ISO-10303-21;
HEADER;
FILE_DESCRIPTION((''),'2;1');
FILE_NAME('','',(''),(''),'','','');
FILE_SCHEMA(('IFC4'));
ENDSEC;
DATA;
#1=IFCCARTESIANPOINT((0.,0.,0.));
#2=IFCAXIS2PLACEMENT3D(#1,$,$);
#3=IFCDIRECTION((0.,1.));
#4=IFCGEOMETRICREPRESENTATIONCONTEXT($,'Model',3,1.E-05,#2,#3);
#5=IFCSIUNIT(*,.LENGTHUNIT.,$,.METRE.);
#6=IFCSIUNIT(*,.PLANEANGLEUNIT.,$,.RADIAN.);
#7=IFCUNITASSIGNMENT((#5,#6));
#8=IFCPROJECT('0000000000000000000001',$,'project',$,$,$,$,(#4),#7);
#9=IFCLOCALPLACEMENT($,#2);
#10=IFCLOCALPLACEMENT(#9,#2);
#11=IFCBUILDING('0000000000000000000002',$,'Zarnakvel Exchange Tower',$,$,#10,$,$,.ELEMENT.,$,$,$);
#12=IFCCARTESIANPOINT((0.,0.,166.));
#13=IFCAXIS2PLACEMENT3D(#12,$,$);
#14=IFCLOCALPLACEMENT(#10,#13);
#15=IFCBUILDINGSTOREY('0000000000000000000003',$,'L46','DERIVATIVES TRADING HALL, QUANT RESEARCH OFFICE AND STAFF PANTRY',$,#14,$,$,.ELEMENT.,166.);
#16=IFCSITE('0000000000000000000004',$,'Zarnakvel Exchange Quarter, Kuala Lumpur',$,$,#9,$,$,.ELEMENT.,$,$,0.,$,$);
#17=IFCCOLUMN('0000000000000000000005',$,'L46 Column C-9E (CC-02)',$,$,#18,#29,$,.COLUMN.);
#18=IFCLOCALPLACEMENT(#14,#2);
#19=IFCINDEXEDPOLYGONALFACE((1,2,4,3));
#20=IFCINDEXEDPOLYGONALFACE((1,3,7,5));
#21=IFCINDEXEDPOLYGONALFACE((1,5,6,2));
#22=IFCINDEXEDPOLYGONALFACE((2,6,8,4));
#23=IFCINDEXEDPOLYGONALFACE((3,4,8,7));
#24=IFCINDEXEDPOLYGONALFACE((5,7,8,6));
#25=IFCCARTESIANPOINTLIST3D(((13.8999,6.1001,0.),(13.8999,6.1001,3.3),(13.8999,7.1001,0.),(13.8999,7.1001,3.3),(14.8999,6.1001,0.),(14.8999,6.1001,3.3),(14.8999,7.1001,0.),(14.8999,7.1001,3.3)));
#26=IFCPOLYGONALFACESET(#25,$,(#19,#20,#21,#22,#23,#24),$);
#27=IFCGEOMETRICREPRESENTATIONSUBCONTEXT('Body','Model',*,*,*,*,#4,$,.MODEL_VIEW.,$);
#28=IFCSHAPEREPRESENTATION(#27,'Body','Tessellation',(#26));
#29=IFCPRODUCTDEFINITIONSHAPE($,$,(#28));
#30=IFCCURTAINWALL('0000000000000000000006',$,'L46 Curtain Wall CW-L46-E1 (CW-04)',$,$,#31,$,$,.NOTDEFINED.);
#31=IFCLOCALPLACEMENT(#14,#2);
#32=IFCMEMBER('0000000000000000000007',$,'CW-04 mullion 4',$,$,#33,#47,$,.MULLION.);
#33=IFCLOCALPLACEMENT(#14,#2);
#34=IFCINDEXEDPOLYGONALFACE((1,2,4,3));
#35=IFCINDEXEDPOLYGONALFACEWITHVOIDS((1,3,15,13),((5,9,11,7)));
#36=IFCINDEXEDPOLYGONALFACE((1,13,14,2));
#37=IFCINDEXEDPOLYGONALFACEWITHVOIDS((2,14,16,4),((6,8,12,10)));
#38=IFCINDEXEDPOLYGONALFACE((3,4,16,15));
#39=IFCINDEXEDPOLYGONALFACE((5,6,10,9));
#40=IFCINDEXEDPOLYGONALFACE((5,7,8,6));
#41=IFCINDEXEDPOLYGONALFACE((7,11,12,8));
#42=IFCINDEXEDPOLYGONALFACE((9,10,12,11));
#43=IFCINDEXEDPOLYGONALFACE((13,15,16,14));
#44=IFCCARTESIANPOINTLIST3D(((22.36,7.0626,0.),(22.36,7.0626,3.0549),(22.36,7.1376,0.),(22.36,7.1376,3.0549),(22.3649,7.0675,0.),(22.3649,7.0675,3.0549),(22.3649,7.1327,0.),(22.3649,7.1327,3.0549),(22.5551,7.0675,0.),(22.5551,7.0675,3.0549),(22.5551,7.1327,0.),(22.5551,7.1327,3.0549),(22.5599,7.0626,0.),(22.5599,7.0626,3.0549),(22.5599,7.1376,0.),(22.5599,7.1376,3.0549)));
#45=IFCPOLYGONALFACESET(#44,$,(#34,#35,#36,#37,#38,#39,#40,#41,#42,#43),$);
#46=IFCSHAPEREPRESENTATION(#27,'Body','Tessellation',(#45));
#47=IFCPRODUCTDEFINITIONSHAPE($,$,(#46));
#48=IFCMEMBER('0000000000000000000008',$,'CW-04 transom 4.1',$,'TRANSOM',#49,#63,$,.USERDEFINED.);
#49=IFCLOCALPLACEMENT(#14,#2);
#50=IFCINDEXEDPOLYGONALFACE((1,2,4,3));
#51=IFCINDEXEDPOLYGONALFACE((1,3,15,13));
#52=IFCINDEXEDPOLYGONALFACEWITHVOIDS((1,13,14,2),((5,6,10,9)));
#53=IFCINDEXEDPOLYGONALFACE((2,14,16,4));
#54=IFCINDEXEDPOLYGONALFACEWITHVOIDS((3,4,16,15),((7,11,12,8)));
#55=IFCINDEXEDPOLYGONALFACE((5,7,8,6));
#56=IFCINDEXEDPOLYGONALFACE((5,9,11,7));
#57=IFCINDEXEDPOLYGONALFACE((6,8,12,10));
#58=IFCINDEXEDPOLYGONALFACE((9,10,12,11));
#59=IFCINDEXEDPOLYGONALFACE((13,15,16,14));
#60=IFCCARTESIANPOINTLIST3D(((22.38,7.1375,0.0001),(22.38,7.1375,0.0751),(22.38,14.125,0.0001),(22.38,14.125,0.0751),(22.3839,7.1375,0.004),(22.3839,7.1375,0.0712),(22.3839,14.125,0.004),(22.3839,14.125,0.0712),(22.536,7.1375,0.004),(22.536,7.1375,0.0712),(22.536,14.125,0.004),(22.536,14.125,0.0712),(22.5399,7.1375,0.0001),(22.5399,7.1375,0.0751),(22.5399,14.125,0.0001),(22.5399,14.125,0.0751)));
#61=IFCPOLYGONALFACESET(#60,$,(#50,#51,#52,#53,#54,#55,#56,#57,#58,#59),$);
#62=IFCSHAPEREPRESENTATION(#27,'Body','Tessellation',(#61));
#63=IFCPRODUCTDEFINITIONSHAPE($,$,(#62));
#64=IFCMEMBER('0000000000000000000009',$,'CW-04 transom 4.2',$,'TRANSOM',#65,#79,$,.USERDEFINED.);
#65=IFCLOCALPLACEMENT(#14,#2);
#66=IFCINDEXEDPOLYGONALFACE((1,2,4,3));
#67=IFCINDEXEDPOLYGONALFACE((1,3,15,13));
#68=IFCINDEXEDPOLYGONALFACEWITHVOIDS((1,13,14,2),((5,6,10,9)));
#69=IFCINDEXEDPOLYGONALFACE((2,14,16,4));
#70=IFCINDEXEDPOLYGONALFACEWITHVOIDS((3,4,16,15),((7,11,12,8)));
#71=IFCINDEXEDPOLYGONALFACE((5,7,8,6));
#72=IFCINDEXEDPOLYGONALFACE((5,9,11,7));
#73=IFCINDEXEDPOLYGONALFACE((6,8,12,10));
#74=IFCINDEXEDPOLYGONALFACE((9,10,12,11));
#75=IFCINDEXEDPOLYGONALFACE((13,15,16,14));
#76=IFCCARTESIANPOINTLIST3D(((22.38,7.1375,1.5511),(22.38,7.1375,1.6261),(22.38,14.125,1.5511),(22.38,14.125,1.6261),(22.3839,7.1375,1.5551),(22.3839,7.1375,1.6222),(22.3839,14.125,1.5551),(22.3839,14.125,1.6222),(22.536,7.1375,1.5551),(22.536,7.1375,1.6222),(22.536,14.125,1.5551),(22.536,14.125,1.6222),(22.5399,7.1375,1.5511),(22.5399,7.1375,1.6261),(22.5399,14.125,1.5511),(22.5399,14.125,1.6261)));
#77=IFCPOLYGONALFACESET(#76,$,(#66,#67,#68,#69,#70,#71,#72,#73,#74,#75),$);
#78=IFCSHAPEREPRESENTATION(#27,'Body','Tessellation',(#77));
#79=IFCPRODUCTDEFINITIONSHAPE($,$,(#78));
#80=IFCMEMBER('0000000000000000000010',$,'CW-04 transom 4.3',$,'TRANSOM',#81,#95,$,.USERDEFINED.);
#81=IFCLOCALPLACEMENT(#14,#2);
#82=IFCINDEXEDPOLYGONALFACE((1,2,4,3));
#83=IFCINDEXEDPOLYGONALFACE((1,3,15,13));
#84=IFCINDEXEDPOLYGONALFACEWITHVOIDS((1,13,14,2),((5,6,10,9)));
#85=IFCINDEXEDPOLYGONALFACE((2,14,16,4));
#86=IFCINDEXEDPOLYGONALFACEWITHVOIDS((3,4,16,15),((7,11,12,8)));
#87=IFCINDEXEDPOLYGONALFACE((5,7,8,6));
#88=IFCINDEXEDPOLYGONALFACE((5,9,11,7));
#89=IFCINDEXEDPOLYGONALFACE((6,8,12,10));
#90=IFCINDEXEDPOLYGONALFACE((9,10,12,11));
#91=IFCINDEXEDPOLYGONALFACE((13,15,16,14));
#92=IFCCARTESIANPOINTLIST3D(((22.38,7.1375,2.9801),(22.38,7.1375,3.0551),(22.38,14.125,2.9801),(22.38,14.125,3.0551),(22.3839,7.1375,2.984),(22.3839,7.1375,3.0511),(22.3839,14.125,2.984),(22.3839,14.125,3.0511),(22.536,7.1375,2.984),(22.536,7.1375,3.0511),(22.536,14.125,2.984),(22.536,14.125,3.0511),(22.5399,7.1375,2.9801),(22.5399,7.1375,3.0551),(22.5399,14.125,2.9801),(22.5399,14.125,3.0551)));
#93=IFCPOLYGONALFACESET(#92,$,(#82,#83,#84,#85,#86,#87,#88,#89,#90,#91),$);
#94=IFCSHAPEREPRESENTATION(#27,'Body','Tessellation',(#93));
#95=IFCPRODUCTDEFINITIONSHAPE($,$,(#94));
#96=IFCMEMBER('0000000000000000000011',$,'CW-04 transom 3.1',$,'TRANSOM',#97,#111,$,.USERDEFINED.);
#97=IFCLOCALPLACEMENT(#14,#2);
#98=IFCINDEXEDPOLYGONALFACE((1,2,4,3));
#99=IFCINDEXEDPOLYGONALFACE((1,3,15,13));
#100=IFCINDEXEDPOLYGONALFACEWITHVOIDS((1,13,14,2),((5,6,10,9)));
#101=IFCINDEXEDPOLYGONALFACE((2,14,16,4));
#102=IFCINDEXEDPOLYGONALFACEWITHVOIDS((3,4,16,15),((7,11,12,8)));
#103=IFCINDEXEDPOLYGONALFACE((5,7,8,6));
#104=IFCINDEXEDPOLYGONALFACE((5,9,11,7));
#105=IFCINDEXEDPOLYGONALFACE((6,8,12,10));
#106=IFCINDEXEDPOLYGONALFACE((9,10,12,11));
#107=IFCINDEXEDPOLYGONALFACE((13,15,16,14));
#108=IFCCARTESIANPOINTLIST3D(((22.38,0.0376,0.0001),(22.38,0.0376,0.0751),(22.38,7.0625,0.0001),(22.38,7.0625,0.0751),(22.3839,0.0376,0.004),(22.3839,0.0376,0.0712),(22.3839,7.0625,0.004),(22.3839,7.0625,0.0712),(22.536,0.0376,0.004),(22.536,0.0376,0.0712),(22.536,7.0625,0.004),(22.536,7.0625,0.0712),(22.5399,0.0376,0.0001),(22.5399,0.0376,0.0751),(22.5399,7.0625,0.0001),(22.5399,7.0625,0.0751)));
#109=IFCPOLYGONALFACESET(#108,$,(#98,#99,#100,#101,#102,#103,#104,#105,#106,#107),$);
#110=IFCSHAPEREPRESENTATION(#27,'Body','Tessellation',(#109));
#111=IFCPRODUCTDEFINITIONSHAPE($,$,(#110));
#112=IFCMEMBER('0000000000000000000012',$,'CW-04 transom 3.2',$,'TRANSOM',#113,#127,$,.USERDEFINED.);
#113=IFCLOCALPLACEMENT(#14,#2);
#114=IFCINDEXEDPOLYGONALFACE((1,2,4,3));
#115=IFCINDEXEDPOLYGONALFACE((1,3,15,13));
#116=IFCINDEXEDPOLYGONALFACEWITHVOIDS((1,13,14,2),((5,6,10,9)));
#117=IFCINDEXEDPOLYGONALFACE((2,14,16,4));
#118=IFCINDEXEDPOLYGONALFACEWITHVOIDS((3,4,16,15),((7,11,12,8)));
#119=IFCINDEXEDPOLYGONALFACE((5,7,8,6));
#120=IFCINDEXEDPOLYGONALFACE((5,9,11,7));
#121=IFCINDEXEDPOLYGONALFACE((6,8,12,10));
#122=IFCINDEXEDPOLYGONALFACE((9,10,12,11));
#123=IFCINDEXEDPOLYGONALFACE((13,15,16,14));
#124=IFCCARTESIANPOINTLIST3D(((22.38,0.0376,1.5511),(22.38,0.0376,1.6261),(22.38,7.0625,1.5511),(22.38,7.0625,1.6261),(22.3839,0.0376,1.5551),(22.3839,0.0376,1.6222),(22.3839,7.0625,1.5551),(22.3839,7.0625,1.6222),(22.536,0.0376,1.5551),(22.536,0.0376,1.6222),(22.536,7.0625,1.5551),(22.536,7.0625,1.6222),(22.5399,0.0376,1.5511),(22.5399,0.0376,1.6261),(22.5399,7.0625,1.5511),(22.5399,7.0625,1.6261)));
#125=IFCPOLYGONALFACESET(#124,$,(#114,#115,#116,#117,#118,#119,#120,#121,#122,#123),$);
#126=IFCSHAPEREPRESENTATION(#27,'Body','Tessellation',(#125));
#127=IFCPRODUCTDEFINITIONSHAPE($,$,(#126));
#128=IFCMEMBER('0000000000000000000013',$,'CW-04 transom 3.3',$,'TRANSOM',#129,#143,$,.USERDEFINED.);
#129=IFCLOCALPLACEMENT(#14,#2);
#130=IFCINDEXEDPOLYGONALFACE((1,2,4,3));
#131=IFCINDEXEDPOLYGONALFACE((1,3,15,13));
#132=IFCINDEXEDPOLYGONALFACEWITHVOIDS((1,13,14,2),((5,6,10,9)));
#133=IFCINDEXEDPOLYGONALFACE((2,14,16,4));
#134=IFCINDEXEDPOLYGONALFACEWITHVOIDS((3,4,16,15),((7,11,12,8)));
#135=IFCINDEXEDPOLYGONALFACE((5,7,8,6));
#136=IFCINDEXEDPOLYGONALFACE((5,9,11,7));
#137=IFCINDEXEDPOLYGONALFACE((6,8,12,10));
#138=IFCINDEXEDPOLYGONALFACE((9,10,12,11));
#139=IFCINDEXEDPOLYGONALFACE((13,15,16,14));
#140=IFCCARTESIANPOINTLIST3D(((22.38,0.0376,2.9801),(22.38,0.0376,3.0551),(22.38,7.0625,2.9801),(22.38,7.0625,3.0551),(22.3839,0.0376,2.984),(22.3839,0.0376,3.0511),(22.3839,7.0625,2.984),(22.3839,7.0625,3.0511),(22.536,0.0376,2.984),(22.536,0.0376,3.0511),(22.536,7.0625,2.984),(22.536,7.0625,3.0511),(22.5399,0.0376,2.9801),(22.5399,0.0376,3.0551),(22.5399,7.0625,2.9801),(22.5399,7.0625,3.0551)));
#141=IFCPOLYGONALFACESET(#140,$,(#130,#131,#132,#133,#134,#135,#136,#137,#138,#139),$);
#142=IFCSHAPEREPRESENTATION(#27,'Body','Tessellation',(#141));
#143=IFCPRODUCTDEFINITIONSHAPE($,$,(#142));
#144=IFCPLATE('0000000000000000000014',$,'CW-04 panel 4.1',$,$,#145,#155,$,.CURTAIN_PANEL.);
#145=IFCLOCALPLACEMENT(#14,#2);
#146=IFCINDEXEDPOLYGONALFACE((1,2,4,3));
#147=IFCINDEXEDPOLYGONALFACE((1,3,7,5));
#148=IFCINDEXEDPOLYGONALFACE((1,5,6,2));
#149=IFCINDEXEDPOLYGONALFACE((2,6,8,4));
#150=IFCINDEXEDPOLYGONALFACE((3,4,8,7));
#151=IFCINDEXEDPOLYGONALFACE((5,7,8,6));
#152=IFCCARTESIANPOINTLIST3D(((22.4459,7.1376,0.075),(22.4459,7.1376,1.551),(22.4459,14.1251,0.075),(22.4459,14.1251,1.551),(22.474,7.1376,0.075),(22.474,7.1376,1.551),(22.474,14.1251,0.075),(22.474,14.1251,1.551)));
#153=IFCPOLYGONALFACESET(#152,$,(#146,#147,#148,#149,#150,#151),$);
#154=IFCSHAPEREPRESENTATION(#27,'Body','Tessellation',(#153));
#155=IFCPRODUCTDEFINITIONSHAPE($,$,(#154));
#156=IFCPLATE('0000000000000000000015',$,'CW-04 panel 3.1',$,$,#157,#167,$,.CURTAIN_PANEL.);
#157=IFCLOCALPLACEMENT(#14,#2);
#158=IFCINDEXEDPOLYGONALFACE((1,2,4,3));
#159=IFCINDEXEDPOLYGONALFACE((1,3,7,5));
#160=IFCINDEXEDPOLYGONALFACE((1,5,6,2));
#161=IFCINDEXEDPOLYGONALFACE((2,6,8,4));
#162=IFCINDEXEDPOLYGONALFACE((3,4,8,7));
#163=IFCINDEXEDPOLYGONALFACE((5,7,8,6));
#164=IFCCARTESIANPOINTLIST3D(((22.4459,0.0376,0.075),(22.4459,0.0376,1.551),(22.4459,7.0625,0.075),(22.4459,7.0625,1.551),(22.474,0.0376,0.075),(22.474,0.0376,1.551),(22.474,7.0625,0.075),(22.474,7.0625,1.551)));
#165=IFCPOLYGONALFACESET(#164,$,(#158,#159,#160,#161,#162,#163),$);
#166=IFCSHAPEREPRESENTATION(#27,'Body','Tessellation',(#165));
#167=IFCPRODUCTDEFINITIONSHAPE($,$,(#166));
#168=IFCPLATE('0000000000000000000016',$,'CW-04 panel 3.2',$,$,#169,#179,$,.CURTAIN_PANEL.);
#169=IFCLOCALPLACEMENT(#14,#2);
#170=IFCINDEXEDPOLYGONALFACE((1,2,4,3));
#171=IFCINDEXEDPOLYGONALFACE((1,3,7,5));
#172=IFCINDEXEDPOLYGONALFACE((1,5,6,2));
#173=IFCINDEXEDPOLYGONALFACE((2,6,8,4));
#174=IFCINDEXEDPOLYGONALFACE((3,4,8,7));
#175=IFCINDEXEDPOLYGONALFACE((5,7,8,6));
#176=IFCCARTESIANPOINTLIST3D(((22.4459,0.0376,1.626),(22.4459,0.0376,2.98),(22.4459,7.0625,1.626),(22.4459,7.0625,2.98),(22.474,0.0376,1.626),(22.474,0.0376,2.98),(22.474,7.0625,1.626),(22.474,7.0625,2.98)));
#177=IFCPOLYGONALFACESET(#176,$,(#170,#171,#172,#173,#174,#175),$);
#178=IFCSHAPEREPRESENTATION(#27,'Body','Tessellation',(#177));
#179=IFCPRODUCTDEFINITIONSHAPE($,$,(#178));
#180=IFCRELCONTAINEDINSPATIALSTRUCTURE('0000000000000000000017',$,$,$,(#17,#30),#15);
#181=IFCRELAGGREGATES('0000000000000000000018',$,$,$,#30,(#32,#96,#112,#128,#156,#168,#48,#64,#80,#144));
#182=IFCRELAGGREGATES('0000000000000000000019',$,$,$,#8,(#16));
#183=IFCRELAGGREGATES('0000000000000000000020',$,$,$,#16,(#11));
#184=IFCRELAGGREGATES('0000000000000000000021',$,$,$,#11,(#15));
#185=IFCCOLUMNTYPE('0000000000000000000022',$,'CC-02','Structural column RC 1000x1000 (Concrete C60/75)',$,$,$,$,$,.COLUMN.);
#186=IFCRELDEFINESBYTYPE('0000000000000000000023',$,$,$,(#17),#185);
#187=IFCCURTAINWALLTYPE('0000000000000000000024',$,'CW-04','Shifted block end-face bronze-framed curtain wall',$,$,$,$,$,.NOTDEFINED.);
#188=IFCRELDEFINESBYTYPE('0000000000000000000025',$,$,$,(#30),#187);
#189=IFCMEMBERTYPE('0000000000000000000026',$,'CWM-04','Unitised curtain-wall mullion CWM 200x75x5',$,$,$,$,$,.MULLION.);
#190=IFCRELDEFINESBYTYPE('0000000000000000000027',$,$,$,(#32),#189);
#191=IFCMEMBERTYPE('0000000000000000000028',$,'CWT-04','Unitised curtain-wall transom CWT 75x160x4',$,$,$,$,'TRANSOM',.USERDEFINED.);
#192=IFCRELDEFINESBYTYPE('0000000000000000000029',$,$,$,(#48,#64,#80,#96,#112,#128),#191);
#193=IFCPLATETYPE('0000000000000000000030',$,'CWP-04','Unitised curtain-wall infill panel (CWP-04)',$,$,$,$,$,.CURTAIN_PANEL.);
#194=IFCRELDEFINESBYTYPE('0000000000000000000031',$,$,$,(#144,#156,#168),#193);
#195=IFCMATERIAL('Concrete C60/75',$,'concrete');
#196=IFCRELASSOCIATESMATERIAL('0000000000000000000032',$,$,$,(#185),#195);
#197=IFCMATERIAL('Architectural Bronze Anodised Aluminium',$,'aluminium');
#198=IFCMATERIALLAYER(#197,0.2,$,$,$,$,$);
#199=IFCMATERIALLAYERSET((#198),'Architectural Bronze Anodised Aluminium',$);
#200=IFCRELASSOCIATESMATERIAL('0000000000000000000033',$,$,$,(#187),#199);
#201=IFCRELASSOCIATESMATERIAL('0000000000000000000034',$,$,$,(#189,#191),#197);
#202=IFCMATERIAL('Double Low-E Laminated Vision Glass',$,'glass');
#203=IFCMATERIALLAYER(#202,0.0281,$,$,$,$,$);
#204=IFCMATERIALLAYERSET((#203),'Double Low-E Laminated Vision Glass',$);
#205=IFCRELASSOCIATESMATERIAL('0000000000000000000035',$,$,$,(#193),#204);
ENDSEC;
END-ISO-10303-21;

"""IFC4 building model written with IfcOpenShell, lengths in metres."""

from ifc_helpers import new_model, si_unit, direction, frame, origin, origin_2d, place, context, subcontext, project, spatial, rectangle, hollow_rectangle, extrude, source, transform, mapped, material, layer, layer_set, material_profile, profile_set, type_object, element, aggregate, save


model = new_model("IFC4")

# Units and contexts
model_context = context("Model", 3, precision=1e-05, world=origin(), true_north=direction((0.0, 1.0)))
body_context = subcontext(model_context, "Body", "Model", "MODEL_VIEW")
ifc_project = project(units=[si_unit("LENGTHUNIT", "METRE"), si_unit("PLANEANGLEUNIT", "RADIAN")], contexts=[model_context])

# Site, building, storey
site_placement = place(None, origin())
site = spatial("IfcSite", under=ifc_project, at=site_placement, Name="Zarnakvel Exchange Quarter, Kuala Lumpur", CompositionType="ELEMENT", RefElevation=0.0)
building_placement = place(site_placement, origin())
building = spatial("IfcBuilding", under=site, at=building_placement, Name="Zarnakvel Exchange Tower", CompositionType="ELEMENT")
storey_placement = place(building_placement, frame((0.0, 0.0, 166.0)))
storey = spatial("IfcBuildingStorey", under=building, at=storey_placement, Name="L46", Description="DERIVATIVES TRADING HALL, QUANT RESEARCH OFFICE AND STAFF PANTRY", CompositionType="ELEMENT", Elevation=166.0)

# Column
ifc_material_1 = material(Name="Concrete C60/75", Category="concrete")
ifc_material_profile_1 = material_profile(ifc_material_1, rectangle(XDim=1.0, YDim=1.0, at=origin_2d()))
ifc_profile_set_1 = profile_set([ifc_material_profile_1], Name="Concrete C60/75")
column_type = type_object("IfcColumnType", Name="CC-02", Description="Structural column RC 1000x1000 (Concrete C60/75)", PredefinedType="COLUMN", material=ifc_profile_set_1)
column_placement = place(storey_placement, frame((14.3999, 6.6001, 0.0), z_axis=(0.0, 0.0, 1.0), x_axis=(1.0, 0.0, 0.0)))
element("IfcColumn", 1, at=column_placement, inside=storey, type_object=column_type, Name="L46 Column C-9E (CC-02)", PredefinedType="COLUMN", context=body_context, shape_type="SweptSolid", body=[
    extrude(rectangle(XDim=1.0, YDim=1.0, at=origin_2d()), origin(), (0.0, 0.0, 1.0), 3.3),
])

# Curtain wall, members, plates
ifc_material_2 = material(Name="Architectural Bronze Anodised Aluminium", Category="aluminium")
ifc_layer_1 = layer(ifc_material_2, 0.2)
ifc_layer_set_1 = layer_set([ifc_layer_1], Name="Architectural Bronze Anodised Aluminium")
curtain_wall_type = type_object("IfcCurtainWallType", Name="CW-04", Description="Shifted block end-face bronze-framed curtain wall", PredefinedType="NOTDEFINED", material=ifc_layer_set_1)
curtain_wall_placement = place(storey_placement, origin())
curtain_wall = element("IfcCurtainWall", 2, at=curtain_wall_placement, inside=storey, type_object=curtain_wall_type, Name="L46 Curtain Wall CW-L46-E1 (CW-04)", PredefinedType="NOTDEFINED")
ifc_material_profile_2 = material_profile(ifc_material_2, hollow_rectangle(XDim=0.2, YDim=0.075, WallThickness=0.0049, at=origin_2d()))
ifc_profile_set_2 = profile_set([ifc_material_profile_2], Name="Architectural Bronze Anodised Aluminium")
member_type_1 = type_object("IfcMemberType", Name="CWM-04", Description="Unitised curtain-wall mullion CWM 200x75x5", PredefinedType="MULLION", material=ifc_profile_set_2)
shared_shape_1 = source(origin(), body_context, "Body", "SweptSolid", [
    extrude(hollow_rectangle(XDim=0.2, YDim=0.075, WallThickness=0.0049, at=origin_2d()), origin(), (0.0, 0.0, 1.0), 3.0549),
])
member_1_placement = place(storey_placement, frame((22.46, 7.1001, 0.0), z_axis=(0.0, 0.0, 1.0), x_axis=(-1.0, 0.0, 0.0)))
member_1 = element("IfcMember", 3, at=member_1_placement, type_object=member_type_1, Name="CW-04 mullion 4", PredefinedType="MULLION", context=body_context, shape_type="MappedRepresentation", body=[
    mapped(shared_shape_1, transform((0.0, 0.0, 0.0), x_axis=(1.0, 0.0, 0.0), y_axis=(0.0, 1.0, 0.0), z_axis=(0.0, 0.0, 1.0), scale=1.0)),
])
ifc_material_profile_3 = material_profile(ifc_material_2, hollow_rectangle(XDim=0.1599, YDim=0.075, WallThickness=0.0039, at=origin_2d()))
ifc_profile_set_3 = profile_set([ifc_material_profile_3], Name="Architectural Bronze Anodised Aluminium")
member_type_2 = type_object("IfcMemberType", Name="CWT-04", Description="Unitised curtain-wall transom CWT 75x160x4", ElementType="TRANSOM", PredefinedType="USERDEFINED", material=ifc_profile_set_3)
shared_shape_2 = source(origin(), body_context, "Body", "SweptSolid", [
    extrude(hollow_rectangle(XDim=0.1599, YDim=0.075, WallThickness=0.0039, at=origin_2d()), origin(), (0.0, 0.0, 1.0), 6.9875),
])
member_2_placement = place(storey_placement, frame((22.46, 7.1375, 0.0376), z_axis=(0.0, 1.0, 0.0), x_axis=(-1.0, 0.0, 0.0)))
member_2 = element("IfcMember", 4, at=member_2_placement, type_object=member_type_2, Name="CW-04 transom 4.1", ObjectType="TRANSOM", PredefinedType="USERDEFINED", context=body_context, shape_type="MappedRepresentation", body=[
    mapped(shared_shape_2, transform((0.0, 0.0, 0.0), x_axis=(1.0, 0.0, 0.0), y_axis=(0.0, 1.0, 0.0), z_axis=(0.0, 0.0, 1.0), scale=1.0)),
])
member_3_placement = place(storey_placement, frame((22.46, 7.1375, 1.5886), z_axis=(0.0, 1.0, 0.0), x_axis=(-1.0, 0.0, 0.0)))
member_3 = element("IfcMember", 5, at=member_3_placement, type_object=member_type_2, Name="CW-04 transom 4.2", ObjectType="TRANSOM", PredefinedType="USERDEFINED", context=body_context, shape_type="MappedRepresentation", body=[
    mapped(shared_shape_2, transform((0.0, 0.0, 0.0), x_axis=(1.0, 0.0, 0.0), y_axis=(0.0, 1.0, 0.0), z_axis=(0.0, 0.0, 1.0), scale=1.0)),
])
member_4_placement = place(storey_placement, frame((22.46, 7.1375, 3.0176), z_axis=(0.0, 1.0, 0.0), x_axis=(-1.0, 0.0, 0.0)))
member_4 = element("IfcMember", 6, at=member_4_placement, type_object=member_type_2, Name="CW-04 transom 4.3", ObjectType="TRANSOM", PredefinedType="USERDEFINED", context=body_context, shape_type="MappedRepresentation", body=[
    mapped(shared_shape_2, transform((0.0, 0.0, 0.0), x_axis=(1.0, 0.0, 0.0), y_axis=(0.0, 1.0, 0.0), z_axis=(0.0, 0.0, 1.0), scale=1.0)),
])
shared_shape_3 = source(origin(), body_context, "Body", "SweptSolid", [
    extrude(hollow_rectangle(XDim=0.1599, YDim=0.075, WallThickness=0.0039, at=origin_2d()), origin(), (0.0, 0.0, 1.0), 7.0249),
])
member_5_placement = place(storey_placement, frame((22.46, 0.0376, 0.0376), z_axis=(0.0, 1.0, 0.0), x_axis=(-1.0, 0.0, 0.0)))
member_5 = element("IfcMember", 7, at=member_5_placement, type_object=member_type_2, Name="CW-04 transom 3.1", ObjectType="TRANSOM", PredefinedType="USERDEFINED", context=body_context, shape_type="MappedRepresentation", body=[
    mapped(shared_shape_3, transform((0.0, 0.0, 0.0), x_axis=(1.0, 0.0, 0.0), y_axis=(0.0, 1.0, 0.0), z_axis=(0.0, 0.0, 1.0), scale=1.0)),
])
member_6_placement = place(storey_placement, frame((22.46, 0.0376, 1.5886), z_axis=(0.0, 1.0, 0.0), x_axis=(-1.0, 0.0, 0.0)))
member_6 = element("IfcMember", 8, at=member_6_placement, type_object=member_type_2, Name="CW-04 transom 3.2", ObjectType="TRANSOM", PredefinedType="USERDEFINED", context=body_context, shape_type="MappedRepresentation", body=[
    mapped(shared_shape_3, transform((0.0, 0.0, 0.0), x_axis=(1.0, 0.0, 0.0), y_axis=(0.0, 1.0, 0.0), z_axis=(0.0, 0.0, 1.0), scale=1.0)),
])
member_7_placement = place(storey_placement, frame((22.46, 0.0376, 3.0176), z_axis=(0.0, 1.0, 0.0), x_axis=(-1.0, 0.0, 0.0)))
member_7 = element("IfcMember", 9, at=member_7_placement, type_object=member_type_2, Name="CW-04 transom 3.3", ObjectType="TRANSOM", PredefinedType="USERDEFINED", context=body_context, shape_type="MappedRepresentation", body=[
    mapped(shared_shape_3, transform((0.0, 0.0, 0.0), x_axis=(1.0, 0.0, 0.0), y_axis=(0.0, 1.0, 0.0), z_axis=(0.0, 0.0, 1.0), scale=1.0)),
])
ifc_material_3 = material(Name="Double Low-E Laminated Vision Glass", Category="glass")
ifc_layer_2 = layer(ifc_material_3, 0.0281)
ifc_layer_set_2 = layer_set([ifc_layer_2], Name="Double Low-E Laminated Vision Glass")
plate_type = type_object("IfcPlateType", Name="CWP-04", Description="Unitised curtain-wall infill panel (CWP-04)", PredefinedType="CURTAIN_PANEL", material=ifc_layer_set_2)
shared_shape_4 = source(origin(), body_context, "Body", "SweptSolid", [
    extrude(rectangle(XDim=6.9875, YDim=0.0281, at=origin_2d()), origin(), (0.0, 0.0, 1.0), 1.4761),
])
plate_1_placement = place(storey_placement, frame((22.46, 10.6313, 0.075), z_axis=(0.0, 0.0, 1.0), x_axis=(0.0, 1.0, 0.0)))
plate_1 = element("IfcPlate", 10, at=plate_1_placement, type_object=plate_type, Name="CW-04 panel 4.1", PredefinedType="CURTAIN_PANEL", context=body_context, shape_type="MappedRepresentation", body=[
    mapped(shared_shape_4, transform((0.0, 0.0, 0.0), x_axis=(1.0, 0.0, 0.0), y_axis=(0.0, 1.0, 0.0), z_axis=(0.0, 0.0, 1.0), scale=1.0)),
])
shared_shape_5 = source(origin(), body_context, "Body", "SweptSolid", [
    extrude(rectangle(XDim=7.0249, YDim=0.0281, at=origin_2d()), origin(), (0.0, 0.0, 1.0), 1.4761),
])
plate_2_placement = place(storey_placement, frame((22.46, 3.55, 0.075), z_axis=(0.0, 0.0, 1.0), x_axis=(0.0, 1.0, 0.0)))
plate_2 = element("IfcPlate", 11, at=plate_2_placement, type_object=plate_type, Name="CW-04 panel 3.1", PredefinedType="CURTAIN_PANEL", context=body_context, shape_type="MappedRepresentation", body=[
    mapped(shared_shape_5, transform((0.0, 0.0, 0.0), x_axis=(1.0, 0.0, 0.0), y_axis=(0.0, 1.0, 0.0), z_axis=(0.0, 0.0, 1.0), scale=1.0)),
])
shared_shape_6 = source(origin(), body_context, "Body", "SweptSolid", [
    extrude(rectangle(XDim=7.0249, YDim=0.0281, at=origin_2d()), origin(), (0.0, 0.0, 1.0), 1.354),
])
plate_3_placement = place(storey_placement, frame((22.46, 3.55, 1.626), z_axis=(0.0, 0.0, 1.0), x_axis=(0.0, 1.0, 0.0)))
plate_3 = element("IfcPlate", 12, at=plate_3_placement, type_object=plate_type, Name="CW-04 panel 3.2", PredefinedType="CURTAIN_PANEL", context=body_context, shape_type="MappedRepresentation", body=[
    mapped(shared_shape_6, transform((0.0, 0.0, 0.0), x_axis=(1.0, 0.0, 0.0), y_axis=(0.0, 1.0, 0.0), z_axis=(0.0, 0.0, 1.0), scale=1.0)),
])
aggregate(curtain_wall, [member_1, member_5, member_6, member_7, plate_2, plate_3, member_2, member_3, member_4, plate_1])

save(model, "model.ifc")
